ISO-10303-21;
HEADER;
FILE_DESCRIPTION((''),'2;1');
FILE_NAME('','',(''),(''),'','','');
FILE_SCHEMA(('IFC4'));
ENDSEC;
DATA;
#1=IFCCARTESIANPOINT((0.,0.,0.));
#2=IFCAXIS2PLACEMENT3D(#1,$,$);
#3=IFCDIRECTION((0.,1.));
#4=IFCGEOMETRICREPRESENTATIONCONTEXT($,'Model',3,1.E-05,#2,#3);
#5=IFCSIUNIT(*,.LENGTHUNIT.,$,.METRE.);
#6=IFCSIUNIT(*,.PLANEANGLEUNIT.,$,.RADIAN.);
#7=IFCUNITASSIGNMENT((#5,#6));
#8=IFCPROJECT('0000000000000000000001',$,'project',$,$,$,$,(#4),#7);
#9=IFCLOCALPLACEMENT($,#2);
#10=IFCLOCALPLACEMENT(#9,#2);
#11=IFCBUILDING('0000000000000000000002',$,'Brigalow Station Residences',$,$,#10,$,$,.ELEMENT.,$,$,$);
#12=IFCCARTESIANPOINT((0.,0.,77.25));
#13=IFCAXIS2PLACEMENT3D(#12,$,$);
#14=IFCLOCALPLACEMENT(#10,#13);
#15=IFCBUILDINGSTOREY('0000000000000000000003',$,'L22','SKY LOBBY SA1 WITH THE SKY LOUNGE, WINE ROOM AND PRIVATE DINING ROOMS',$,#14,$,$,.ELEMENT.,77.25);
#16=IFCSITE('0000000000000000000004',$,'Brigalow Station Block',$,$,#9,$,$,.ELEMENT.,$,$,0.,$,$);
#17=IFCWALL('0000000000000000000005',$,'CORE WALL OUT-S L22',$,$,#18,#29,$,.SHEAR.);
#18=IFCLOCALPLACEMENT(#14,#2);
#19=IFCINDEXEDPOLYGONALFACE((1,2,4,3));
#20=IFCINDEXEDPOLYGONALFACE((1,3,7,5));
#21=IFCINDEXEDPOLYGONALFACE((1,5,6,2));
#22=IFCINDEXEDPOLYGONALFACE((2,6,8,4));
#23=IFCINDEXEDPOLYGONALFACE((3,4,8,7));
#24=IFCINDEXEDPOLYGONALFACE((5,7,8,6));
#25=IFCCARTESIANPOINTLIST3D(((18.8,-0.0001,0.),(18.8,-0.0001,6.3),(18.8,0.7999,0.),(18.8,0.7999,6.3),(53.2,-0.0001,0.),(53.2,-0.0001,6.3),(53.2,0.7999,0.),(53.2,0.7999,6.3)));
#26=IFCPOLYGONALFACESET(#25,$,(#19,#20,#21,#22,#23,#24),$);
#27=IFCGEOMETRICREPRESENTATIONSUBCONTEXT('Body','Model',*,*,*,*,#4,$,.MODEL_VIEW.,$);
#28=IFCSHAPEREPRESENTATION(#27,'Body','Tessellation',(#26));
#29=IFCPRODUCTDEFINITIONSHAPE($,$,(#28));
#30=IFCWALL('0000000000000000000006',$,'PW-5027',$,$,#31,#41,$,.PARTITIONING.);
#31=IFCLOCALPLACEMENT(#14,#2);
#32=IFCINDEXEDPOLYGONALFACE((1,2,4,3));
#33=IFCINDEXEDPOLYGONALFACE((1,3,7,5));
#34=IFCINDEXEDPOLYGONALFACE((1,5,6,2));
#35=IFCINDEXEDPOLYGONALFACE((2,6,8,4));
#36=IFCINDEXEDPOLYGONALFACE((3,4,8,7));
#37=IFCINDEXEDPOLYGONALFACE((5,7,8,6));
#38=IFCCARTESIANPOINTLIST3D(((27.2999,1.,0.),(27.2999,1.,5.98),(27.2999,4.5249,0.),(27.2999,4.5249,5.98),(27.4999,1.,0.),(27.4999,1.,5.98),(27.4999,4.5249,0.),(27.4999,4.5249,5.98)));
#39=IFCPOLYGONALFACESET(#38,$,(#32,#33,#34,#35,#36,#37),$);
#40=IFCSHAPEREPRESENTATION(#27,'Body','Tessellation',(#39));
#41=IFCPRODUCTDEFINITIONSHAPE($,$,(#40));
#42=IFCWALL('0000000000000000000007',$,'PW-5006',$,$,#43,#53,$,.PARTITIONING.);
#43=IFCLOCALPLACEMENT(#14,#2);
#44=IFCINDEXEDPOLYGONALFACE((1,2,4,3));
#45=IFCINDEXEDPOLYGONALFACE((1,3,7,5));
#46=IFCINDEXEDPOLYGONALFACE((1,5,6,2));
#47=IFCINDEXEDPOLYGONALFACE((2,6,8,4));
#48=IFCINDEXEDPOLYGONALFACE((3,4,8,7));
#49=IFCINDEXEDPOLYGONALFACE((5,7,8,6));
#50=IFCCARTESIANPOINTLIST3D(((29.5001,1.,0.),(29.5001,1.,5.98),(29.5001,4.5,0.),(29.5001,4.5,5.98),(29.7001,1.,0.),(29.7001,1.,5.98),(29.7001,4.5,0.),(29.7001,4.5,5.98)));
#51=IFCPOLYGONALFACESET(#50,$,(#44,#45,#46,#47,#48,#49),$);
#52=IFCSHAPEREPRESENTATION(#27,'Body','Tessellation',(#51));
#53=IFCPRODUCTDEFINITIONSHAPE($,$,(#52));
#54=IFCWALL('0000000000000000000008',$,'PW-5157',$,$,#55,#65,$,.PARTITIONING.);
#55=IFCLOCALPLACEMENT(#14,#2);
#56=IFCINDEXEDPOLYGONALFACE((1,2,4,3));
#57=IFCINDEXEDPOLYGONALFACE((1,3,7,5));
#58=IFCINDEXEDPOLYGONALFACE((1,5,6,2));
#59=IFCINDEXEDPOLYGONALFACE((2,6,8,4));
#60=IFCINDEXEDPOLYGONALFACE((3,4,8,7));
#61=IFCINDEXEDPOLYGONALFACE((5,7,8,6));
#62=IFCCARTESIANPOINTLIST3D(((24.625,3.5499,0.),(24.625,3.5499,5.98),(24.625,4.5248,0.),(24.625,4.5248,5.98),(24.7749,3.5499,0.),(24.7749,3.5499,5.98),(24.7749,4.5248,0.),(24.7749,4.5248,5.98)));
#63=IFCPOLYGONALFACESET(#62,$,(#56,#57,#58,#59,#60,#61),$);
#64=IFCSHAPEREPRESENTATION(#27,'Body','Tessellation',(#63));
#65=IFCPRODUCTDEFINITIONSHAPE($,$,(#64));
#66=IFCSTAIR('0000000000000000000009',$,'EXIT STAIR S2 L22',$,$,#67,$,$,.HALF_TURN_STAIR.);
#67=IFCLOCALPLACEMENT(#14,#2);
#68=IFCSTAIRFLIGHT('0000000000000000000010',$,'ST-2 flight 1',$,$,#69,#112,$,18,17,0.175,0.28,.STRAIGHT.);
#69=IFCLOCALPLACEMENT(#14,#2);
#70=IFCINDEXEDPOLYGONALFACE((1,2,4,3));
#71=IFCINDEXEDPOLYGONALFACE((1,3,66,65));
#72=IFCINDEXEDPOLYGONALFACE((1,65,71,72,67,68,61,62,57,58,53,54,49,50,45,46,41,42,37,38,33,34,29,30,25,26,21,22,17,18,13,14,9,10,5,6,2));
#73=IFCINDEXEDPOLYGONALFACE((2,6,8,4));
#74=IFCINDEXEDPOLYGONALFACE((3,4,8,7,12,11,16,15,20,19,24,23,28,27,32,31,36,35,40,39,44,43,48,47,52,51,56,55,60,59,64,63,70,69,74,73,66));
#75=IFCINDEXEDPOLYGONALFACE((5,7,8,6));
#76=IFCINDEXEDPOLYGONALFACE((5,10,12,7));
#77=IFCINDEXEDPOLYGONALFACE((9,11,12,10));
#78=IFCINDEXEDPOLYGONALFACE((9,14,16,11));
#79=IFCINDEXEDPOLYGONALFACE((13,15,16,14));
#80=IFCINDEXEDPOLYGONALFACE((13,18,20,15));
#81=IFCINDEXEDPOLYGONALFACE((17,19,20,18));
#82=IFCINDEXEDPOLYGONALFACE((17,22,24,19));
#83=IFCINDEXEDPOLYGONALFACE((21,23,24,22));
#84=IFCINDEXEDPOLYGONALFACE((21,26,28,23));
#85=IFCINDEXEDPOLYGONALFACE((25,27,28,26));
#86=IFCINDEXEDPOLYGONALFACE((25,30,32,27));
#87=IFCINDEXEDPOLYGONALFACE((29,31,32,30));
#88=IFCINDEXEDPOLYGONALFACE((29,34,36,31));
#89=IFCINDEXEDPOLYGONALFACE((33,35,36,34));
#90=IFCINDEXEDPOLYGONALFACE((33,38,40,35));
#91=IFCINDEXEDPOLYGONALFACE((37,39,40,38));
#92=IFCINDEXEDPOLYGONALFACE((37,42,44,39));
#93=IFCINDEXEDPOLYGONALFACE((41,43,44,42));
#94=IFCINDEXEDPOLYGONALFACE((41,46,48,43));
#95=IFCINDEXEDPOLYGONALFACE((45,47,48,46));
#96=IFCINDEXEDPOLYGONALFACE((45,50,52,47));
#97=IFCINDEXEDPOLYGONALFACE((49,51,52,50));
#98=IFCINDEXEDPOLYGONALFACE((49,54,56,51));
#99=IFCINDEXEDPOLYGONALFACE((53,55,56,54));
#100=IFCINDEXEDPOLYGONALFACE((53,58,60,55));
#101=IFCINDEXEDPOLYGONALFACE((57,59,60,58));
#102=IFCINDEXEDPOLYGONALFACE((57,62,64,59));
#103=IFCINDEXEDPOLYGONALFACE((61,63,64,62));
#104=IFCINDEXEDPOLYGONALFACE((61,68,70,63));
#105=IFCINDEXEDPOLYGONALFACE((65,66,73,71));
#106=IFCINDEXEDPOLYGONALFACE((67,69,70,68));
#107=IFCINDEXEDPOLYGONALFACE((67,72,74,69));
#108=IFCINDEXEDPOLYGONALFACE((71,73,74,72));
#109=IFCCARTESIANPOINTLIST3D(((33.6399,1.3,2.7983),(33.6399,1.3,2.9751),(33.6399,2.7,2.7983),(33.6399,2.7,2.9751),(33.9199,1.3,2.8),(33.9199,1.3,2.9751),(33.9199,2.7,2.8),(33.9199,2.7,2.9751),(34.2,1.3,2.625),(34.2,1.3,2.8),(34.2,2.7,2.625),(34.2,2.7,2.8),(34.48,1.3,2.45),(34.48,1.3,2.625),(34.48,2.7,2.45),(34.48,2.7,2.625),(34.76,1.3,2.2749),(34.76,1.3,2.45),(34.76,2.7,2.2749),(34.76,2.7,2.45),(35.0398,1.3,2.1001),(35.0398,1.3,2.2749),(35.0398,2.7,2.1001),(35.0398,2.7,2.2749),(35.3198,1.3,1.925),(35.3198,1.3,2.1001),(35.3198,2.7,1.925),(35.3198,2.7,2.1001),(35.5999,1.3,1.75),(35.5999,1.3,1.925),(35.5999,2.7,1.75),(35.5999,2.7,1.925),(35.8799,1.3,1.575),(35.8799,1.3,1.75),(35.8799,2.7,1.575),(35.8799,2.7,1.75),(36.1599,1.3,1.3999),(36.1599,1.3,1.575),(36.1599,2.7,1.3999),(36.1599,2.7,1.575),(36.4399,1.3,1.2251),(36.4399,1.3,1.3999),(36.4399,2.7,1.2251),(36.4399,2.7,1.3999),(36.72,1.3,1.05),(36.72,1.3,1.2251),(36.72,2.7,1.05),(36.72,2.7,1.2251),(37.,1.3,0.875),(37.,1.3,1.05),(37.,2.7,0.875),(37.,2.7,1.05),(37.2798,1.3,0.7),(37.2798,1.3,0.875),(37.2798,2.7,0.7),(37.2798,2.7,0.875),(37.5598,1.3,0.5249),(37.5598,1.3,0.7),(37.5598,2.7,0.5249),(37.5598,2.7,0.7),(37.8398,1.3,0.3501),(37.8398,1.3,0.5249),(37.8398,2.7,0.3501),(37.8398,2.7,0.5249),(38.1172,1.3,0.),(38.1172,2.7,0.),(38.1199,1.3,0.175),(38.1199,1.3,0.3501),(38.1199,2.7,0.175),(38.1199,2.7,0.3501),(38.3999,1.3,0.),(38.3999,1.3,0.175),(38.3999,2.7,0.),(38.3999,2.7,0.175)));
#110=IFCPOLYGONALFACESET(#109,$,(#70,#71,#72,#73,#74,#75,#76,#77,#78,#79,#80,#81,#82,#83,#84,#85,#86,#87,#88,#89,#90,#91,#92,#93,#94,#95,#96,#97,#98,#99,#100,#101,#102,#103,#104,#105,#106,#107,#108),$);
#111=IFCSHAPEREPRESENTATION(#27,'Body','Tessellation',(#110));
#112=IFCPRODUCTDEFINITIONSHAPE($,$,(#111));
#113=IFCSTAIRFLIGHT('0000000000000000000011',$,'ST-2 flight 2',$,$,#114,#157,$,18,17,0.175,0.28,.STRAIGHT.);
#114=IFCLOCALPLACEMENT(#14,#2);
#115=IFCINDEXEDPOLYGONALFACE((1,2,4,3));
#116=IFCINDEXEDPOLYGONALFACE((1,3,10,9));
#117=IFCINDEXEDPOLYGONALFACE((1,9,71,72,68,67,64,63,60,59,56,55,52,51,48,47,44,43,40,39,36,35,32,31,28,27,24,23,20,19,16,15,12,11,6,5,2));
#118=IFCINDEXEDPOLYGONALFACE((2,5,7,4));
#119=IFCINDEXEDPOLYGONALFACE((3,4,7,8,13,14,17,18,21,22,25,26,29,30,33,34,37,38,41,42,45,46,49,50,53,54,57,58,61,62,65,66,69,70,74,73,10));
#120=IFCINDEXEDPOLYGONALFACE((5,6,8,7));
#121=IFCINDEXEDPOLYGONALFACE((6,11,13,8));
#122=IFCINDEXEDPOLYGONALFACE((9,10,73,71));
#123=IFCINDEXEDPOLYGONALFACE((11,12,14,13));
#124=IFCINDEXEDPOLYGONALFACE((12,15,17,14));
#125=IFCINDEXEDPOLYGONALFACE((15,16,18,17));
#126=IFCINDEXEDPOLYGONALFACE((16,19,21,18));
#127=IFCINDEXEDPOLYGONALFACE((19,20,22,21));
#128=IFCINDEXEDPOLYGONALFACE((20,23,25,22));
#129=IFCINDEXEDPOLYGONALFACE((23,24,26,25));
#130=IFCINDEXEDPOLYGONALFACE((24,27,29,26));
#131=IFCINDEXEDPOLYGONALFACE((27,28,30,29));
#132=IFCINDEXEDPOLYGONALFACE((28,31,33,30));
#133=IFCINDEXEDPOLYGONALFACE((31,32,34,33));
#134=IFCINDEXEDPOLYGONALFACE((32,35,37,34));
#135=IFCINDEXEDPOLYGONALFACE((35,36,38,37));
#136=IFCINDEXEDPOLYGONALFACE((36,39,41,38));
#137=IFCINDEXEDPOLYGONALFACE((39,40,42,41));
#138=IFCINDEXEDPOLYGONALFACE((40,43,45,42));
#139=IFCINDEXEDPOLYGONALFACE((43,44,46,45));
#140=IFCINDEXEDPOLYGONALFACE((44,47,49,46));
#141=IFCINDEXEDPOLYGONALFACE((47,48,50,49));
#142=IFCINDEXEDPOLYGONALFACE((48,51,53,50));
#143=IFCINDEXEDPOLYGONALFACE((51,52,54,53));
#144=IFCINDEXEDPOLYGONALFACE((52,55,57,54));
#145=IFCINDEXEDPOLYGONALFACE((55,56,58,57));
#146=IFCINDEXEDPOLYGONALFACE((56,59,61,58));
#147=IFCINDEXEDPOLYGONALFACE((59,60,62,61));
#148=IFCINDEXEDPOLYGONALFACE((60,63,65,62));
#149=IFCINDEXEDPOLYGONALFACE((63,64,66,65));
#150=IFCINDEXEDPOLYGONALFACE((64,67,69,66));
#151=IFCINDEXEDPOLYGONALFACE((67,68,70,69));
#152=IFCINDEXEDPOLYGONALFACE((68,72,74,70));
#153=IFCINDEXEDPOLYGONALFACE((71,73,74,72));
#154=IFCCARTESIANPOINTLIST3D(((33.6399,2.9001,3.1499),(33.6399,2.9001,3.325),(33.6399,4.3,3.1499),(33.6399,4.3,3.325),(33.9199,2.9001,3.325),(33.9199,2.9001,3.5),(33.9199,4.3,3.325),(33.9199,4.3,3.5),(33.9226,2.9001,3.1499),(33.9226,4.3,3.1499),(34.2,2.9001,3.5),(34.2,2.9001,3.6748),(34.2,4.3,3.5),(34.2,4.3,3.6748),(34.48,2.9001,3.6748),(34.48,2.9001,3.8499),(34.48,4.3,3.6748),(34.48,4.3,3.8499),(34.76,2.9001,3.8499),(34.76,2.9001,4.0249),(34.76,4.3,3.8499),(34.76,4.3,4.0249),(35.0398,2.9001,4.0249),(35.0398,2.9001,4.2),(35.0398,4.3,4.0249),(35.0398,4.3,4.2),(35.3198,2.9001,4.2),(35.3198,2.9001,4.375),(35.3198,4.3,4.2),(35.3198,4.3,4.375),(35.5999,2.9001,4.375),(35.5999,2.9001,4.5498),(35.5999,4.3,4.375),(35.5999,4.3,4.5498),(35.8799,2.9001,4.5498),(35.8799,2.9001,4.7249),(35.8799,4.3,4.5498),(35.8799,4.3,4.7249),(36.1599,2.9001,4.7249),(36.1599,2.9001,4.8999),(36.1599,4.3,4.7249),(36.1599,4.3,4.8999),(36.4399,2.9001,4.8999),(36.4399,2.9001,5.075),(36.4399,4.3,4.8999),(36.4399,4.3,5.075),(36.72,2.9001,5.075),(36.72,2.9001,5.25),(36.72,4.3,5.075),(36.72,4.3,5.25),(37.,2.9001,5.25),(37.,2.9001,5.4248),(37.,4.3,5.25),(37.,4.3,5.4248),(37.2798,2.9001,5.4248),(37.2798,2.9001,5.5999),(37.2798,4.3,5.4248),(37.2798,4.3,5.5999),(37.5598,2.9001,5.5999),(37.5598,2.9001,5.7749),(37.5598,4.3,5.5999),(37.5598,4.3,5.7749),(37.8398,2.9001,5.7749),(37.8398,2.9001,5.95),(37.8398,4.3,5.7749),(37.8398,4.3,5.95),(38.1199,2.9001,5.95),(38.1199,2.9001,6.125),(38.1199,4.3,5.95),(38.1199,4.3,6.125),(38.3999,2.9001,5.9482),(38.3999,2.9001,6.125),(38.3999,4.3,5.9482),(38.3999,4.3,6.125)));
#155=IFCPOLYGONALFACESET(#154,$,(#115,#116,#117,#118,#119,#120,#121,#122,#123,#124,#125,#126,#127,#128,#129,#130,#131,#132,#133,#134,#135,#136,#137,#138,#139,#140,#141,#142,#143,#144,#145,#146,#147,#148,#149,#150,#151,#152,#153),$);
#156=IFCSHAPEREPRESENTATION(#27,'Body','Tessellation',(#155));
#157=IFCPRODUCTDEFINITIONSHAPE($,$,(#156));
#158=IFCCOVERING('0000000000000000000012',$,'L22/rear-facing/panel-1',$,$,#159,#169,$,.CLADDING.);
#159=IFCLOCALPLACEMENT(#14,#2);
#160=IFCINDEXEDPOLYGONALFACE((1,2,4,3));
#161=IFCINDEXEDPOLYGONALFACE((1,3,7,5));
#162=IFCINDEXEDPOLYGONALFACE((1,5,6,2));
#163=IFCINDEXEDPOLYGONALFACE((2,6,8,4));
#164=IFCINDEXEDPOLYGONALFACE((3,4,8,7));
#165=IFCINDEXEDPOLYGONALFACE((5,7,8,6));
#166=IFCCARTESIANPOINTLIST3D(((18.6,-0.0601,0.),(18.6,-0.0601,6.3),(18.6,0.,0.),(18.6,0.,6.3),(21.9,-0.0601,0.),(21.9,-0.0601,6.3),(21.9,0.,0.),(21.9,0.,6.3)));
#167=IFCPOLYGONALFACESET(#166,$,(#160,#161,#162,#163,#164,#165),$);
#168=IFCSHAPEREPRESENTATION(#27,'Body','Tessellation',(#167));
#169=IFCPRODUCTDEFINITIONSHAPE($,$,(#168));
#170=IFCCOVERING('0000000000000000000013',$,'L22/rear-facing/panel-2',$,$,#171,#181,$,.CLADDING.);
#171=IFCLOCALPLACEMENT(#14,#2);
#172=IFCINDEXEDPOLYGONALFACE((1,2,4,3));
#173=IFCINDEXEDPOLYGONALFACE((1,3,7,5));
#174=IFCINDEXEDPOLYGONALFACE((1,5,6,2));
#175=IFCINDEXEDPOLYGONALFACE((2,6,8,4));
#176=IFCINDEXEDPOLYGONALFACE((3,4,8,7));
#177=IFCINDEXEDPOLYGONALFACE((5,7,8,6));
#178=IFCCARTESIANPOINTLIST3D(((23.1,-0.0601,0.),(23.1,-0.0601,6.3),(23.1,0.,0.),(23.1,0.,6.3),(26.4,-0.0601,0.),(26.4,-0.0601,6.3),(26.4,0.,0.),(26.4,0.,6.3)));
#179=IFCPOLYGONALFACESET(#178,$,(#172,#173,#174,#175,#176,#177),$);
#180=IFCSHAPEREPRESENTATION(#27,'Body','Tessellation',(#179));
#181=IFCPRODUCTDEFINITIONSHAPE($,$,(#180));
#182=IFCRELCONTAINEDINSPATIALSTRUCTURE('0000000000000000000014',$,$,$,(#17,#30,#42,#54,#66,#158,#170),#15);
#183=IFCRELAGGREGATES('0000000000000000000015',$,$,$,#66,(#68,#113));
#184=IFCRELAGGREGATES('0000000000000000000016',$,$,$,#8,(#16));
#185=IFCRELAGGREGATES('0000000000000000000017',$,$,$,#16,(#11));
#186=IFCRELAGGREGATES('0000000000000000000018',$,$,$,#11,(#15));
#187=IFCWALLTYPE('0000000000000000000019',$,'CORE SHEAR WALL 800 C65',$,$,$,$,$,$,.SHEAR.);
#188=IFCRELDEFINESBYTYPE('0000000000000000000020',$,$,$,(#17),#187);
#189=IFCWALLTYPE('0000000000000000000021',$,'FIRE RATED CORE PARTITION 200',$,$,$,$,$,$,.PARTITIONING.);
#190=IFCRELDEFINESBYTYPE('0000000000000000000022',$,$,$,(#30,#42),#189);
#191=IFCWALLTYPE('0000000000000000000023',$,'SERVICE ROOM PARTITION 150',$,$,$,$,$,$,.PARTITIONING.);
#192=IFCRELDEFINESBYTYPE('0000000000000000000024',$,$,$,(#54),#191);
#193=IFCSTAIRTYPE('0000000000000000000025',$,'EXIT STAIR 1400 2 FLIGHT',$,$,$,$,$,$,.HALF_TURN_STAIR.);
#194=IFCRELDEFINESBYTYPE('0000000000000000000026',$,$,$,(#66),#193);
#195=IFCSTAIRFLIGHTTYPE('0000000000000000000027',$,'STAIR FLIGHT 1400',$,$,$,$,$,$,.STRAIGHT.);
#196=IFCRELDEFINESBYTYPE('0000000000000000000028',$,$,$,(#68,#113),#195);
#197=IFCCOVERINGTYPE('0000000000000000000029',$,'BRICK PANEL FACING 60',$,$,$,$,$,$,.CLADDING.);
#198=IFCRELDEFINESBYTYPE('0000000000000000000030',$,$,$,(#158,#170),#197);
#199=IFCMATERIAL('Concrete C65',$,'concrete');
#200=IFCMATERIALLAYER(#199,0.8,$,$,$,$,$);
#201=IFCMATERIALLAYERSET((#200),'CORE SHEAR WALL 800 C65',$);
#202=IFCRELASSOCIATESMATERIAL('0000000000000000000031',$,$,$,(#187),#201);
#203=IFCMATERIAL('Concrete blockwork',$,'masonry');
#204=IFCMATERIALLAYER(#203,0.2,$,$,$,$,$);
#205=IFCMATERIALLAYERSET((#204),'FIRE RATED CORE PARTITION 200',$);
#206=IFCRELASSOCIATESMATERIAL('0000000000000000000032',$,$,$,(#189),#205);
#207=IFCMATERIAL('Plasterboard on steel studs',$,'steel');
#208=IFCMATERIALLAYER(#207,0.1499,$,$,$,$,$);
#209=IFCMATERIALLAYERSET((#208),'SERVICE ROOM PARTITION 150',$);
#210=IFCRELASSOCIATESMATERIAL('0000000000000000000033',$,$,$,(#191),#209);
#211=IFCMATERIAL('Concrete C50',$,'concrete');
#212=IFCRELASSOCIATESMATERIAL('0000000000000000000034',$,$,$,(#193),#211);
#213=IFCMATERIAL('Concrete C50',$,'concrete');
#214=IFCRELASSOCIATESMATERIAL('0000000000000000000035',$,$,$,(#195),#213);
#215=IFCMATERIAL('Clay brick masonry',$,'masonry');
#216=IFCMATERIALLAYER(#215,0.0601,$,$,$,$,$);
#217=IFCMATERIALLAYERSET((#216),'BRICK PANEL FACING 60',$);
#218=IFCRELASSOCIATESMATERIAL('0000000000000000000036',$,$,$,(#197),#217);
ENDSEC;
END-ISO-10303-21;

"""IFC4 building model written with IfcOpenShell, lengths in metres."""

from ifc_helpers import new_model, si_unit, direction, frame, frame_2d, origin, origin_2d, place, context, subcontext, project, spatial, polyline, rectangle, outline, extrude, material, layer, layer_set, type_object, element, aggregate, save


model = new_model("IFC4")

# Units and contexts
model_context = context("Model", 3, precision=1e-05, world=origin(), true_north=direction((0.0, 1.0)))
body_context = subcontext(model_context, "Body", "Model", "MODEL_VIEW")
ifc_project = project(units=[si_unit("LENGTHUNIT", "METRE"), si_unit("PLANEANGLEUNIT", "RADIAN")], contexts=[model_context])

# Site, building, storey
site_placement = place(None, origin())
site = spatial("IfcSite", under=ifc_project, at=site_placement, Name="Brigalow Station Block", CompositionType="ELEMENT", RefElevation=0.0)
building_placement = place(site_placement, origin())
building = spatial("IfcBuilding", under=site, at=building_placement, Name="Brigalow Station Residences", CompositionType="ELEMENT")
storey_placement = place(building_placement, frame((0.0, 0.0, 77.25)))
storey = spatial("IfcBuildingStorey", under=building, at=storey_placement, Name="L22", Description="SKY LOBBY SA1 WITH THE SKY LOUNGE, WINE ROOM AND PRIVATE DINING ROOMS", CompositionType="ELEMENT", Elevation=77.25)

# Walls
ifc_material_1 = material(Name="Concrete C65", Category="concrete")
ifc_layer_1 = layer(ifc_material_1, 0.8)
ifc_layer_set_1 = layer_set([ifc_layer_1], Name="CORE SHEAR WALL 800 C65")
wall_type_1 = type_object("IfcWallType", Name="CORE SHEAR WALL 800 C65", PredefinedType="SHEAR", material=ifc_layer_set_1)
wall_1_placement = place(storey_placement, frame((18.8, 0.3999, 0.0), z_axis=(0.0, 0.0, 1.0), x_axis=(1.0, 0.0, 0.0)))
element("IfcWall", 1, at=wall_1_placement, inside=storey, type_object=wall_type_1, Name="CORE WALL OUT-S L22", PredefinedType="SHEAR", context=body_context, shape_type="SweptSolid", body=[
    extrude(rectangle(XDim=34.3999, YDim=0.8, at=frame_2d((17.2, 0.0))), origin(), (0.0, 0.0, 1.0), 6.3),
])
ifc_material_2 = material(Name="Concrete blockwork", Category="masonry")
ifc_layer_2 = layer(ifc_material_2, 0.2)
ifc_layer_set_2 = layer_set([ifc_layer_2], Name="FIRE RATED CORE PARTITION 200")
wall_type_2 = type_object("IfcWallType", Name="FIRE RATED CORE PARTITION 200", PredefinedType="PARTITIONING", material=ifc_layer_set_2)
wall_2_placement = place(storey_placement, frame((27.3999, 1.0, 0.0), z_axis=(0.0, 0.0, 1.0), x_axis=(0.0, 1.0, 0.0)))
element("IfcWall", 2, at=wall_2_placement, inside=storey, type_object=wall_type_2, Name="PW-5027", PredefinedType="PARTITIONING", context=body_context, shape_type="SweptSolid", body=[
    extrude(rectangle(XDim=3.5249, YDim=0.2, at=frame_2d((1.7625, 0.0))), origin(), (0.0, 0.0, 1.0), 5.98),
])
wall_3_placement = place(storey_placement, frame((29.6001, 1.0, 0.0), z_axis=(0.0, 0.0, 1.0), x_axis=(0.0, 1.0, 0.0)))
element("IfcWall", 3, at=wall_3_placement, inside=storey, type_object=wall_type_2, Name="PW-5006", PredefinedType="PARTITIONING", context=body_context, shape_type="SweptSolid", body=[
    extrude(rectangle(XDim=3.5, YDim=0.2, at=frame_2d((1.75, 0.0))), origin(), (0.0, 0.0, 1.0), 5.98),
])
ifc_material_3 = material(Name="Plasterboard on steel studs", Category="steel")
ifc_layer_3 = layer(ifc_material_3, 0.1499)
ifc_layer_set_3 = layer_set([ifc_layer_3], Name="SERVICE ROOM PARTITION 150")
wall_type_3 = type_object("IfcWallType", Name="SERVICE ROOM PARTITION 150", PredefinedType="PARTITIONING", material=ifc_layer_set_3)
wall_4_placement = place(storey_placement, frame((24.7, 3.55, 0.0), z_axis=(0.0, 0.0, 1.0), x_axis=(0.0, 1.0, 0.0)))
element("IfcWall", 4, at=wall_4_placement, inside=storey, type_object=wall_type_3, Name="PW-5157", PredefinedType="PARTITIONING", context=body_context, shape_type="SweptSolid", body=[
    extrude(rectangle(XDim=0.9749, YDim=0.1499, at=frame_2d((0.4873, 0.0))), origin(), (0.0, 0.0, 1.0), 5.98),
])

# Stair, stair flights
ifc_material_4 = material(Name="Concrete C50", Category="concrete")
stair_type = type_object("IfcStairType", Name="EXIT STAIR 1400 2 FLIGHT", PredefinedType="HALF_TURN_STAIR", material=ifc_material_4)
stair_placement = place(storey_placement, origin())
stair = element("IfcStair", 5, at=stair_placement, inside=storey, type_object=stair_type, Name="EXIT STAIR S2 L22", PredefinedType="HALF_TURN_STAIR")
ifc_material_5 = material(Name="Concrete C50", Category="concrete")
stair_flight_type = type_object("IfcStairFlightType", Name="STAIR FLIGHT 1400", PredefinedType="STRAIGHT", material=ifc_material_5)
stair_flight_1_placement = place(storey_placement, frame((38.3999, 2.0, 0.0), z_axis=(0.0, 0.0, 1.0), x_axis=(-1.0, 0.0, 0.0)))
stair_flight_1 = element("IfcStairFlight", 6, at=stair_flight_1_placement, type_object=stair_flight_type, Name="ST-2 flight 1", NumberOfRisers=18, NumberOfTreads=17, PredefinedType="STRAIGHT", RiserHeight=0.175, TreadLength=0.28, context=body_context, shape_type="SweptSolid", body=[
    extrude(outline(polyline([(0.0, 0.0), (0.0, 0.175), (0.28, 0.175), (0.28, 0.3501), (0.5601, 0.3501), (0.5601, 0.5249), (0.8401, 0.5249), (0.8401, 0.7), (1.1201, 0.7), (1.1201, 0.875), (1.3999, 0.875), (1.3999, 1.05), (1.6799, 1.05), (1.6799, 1.2251), (1.96, 1.2251), (1.96, 1.3999), (2.24, 1.3999), (2.24, 1.575), (2.52, 1.575), (2.52, 1.75), (2.8, 1.75), (2.8, 1.925), (3.0801, 1.925), (3.0801, 2.1001), (3.3601, 2.1001), (3.3601, 2.2749), (3.6399, 2.2749), (3.6399, 2.45), (3.9199, 2.45), (3.9199, 2.625), (4.2, 2.625), (4.2, 2.8), (4.48, 2.8), (4.48, 2.9751), (4.76, 2.9751), (4.76, 3.1499), (4.76, 2.7983), (0.2827, 0.0), (0.0, 0.0)])), frame((0.0, 0.7, 0.0), z_axis=(0.0, -1.0, 0.0), x_axis=(1.0, 0.0, 0.0)), (0.0, 0.0, 1.0), 1.3999),
])
stair_flight_2_placement = place(storey_placement, frame((33.6399, 3.6001, 3.1499), z_axis=(0.0, 0.0, 1.0), x_axis=(1.0, 0.0, 0.0)))
stair_flight_2 = element("IfcStairFlight", 7, at=stair_flight_2_placement, type_object=stair_flight_type, Name="ST-2 flight 2", NumberOfRisers=18, NumberOfTreads=17, PredefinedType="STRAIGHT", RiserHeight=0.175, TreadLength=0.28, context=body_context, shape_type="SweptSolid", body=[
    extrude(outline(polyline([(0.0, 0.0), (0.0, 0.175), (0.28, 0.175), (0.28, 0.3501), (0.5601, 0.3501), (0.5601, 0.5249), (0.8401, 0.5249), (0.8401, 0.7), (1.1201, 0.7), (1.1201, 0.875), (1.3999, 0.875), (1.3999, 1.05), (1.6799, 1.05), (1.6799, 1.2251), (1.96, 1.2251), (1.96, 1.3999), (2.24, 1.3999), (2.24, 1.575), (2.52, 1.575), (2.52, 1.75), (2.8, 1.75), (2.8, 1.925), (3.0801, 1.925), (3.0801, 2.1001), (3.3601, 2.1001), (3.3601, 2.2749), (3.6399, 2.2749), (3.6399, 2.45), (3.9199, 2.45), (3.9199, 2.625), (4.2, 2.625), (4.2, 2.8), (4.48, 2.8), (4.48, 2.9751), (4.76, 2.9751), (4.76, 3.1499), (4.76, 2.7983), (0.2827, 0.0), (0.0, 0.0)])), frame((0.0, 0.7, 0.0), z_axis=(0.0, -1.0, 0.0), x_axis=(1.0, 0.0, 0.0)), (0.0, 0.0, 1.0), 1.3999),
])
aggregate(stair, [stair_flight_1, stair_flight_2])

# Coverings
ifc_material_6 = material(Name="Clay brick masonry", Category="masonry")
ifc_layer_4 = layer(ifc_material_6, 0.0601)
ifc_layer_set_4 = layer_set([ifc_layer_4], Name="BRICK PANEL FACING 60")
covering_type_1 = type_object("IfcCoveringType", Name="BRICK PANEL FACING 60", PredefinedType="CLADDING", material=ifc_layer_set_4)
for number, where, z_axis, x_axis, name in (
    (8, (20.25, -0.03, 0.0), (0.0, 0.0, 1.0), (1.0, 0.0, 0.0), "L22/rear-facing/panel-1"),
    (9, (24.75, -0.03, 0.0), (0.0, 0.0, 1.0), (1.0, 0.0, 0.0), "L22/rear-facing/panel-2"),
):
    element("IfcCovering", number, at=place(storey_placement, frame(where, z_axis=z_axis, x_axis=x_axis)), inside=storey, type_object=covering_type_1, Name=name, PredefinedType="CLADDING", context=body_context, shape_type="SweptSolid", body=[
        extrude(rectangle(XDim=3.3, YDim=0.0601, at=origin_2d()), origin(), (0.0, 0.0, 1.0), 6.3),
    ])

save(model, "model.ifc")
